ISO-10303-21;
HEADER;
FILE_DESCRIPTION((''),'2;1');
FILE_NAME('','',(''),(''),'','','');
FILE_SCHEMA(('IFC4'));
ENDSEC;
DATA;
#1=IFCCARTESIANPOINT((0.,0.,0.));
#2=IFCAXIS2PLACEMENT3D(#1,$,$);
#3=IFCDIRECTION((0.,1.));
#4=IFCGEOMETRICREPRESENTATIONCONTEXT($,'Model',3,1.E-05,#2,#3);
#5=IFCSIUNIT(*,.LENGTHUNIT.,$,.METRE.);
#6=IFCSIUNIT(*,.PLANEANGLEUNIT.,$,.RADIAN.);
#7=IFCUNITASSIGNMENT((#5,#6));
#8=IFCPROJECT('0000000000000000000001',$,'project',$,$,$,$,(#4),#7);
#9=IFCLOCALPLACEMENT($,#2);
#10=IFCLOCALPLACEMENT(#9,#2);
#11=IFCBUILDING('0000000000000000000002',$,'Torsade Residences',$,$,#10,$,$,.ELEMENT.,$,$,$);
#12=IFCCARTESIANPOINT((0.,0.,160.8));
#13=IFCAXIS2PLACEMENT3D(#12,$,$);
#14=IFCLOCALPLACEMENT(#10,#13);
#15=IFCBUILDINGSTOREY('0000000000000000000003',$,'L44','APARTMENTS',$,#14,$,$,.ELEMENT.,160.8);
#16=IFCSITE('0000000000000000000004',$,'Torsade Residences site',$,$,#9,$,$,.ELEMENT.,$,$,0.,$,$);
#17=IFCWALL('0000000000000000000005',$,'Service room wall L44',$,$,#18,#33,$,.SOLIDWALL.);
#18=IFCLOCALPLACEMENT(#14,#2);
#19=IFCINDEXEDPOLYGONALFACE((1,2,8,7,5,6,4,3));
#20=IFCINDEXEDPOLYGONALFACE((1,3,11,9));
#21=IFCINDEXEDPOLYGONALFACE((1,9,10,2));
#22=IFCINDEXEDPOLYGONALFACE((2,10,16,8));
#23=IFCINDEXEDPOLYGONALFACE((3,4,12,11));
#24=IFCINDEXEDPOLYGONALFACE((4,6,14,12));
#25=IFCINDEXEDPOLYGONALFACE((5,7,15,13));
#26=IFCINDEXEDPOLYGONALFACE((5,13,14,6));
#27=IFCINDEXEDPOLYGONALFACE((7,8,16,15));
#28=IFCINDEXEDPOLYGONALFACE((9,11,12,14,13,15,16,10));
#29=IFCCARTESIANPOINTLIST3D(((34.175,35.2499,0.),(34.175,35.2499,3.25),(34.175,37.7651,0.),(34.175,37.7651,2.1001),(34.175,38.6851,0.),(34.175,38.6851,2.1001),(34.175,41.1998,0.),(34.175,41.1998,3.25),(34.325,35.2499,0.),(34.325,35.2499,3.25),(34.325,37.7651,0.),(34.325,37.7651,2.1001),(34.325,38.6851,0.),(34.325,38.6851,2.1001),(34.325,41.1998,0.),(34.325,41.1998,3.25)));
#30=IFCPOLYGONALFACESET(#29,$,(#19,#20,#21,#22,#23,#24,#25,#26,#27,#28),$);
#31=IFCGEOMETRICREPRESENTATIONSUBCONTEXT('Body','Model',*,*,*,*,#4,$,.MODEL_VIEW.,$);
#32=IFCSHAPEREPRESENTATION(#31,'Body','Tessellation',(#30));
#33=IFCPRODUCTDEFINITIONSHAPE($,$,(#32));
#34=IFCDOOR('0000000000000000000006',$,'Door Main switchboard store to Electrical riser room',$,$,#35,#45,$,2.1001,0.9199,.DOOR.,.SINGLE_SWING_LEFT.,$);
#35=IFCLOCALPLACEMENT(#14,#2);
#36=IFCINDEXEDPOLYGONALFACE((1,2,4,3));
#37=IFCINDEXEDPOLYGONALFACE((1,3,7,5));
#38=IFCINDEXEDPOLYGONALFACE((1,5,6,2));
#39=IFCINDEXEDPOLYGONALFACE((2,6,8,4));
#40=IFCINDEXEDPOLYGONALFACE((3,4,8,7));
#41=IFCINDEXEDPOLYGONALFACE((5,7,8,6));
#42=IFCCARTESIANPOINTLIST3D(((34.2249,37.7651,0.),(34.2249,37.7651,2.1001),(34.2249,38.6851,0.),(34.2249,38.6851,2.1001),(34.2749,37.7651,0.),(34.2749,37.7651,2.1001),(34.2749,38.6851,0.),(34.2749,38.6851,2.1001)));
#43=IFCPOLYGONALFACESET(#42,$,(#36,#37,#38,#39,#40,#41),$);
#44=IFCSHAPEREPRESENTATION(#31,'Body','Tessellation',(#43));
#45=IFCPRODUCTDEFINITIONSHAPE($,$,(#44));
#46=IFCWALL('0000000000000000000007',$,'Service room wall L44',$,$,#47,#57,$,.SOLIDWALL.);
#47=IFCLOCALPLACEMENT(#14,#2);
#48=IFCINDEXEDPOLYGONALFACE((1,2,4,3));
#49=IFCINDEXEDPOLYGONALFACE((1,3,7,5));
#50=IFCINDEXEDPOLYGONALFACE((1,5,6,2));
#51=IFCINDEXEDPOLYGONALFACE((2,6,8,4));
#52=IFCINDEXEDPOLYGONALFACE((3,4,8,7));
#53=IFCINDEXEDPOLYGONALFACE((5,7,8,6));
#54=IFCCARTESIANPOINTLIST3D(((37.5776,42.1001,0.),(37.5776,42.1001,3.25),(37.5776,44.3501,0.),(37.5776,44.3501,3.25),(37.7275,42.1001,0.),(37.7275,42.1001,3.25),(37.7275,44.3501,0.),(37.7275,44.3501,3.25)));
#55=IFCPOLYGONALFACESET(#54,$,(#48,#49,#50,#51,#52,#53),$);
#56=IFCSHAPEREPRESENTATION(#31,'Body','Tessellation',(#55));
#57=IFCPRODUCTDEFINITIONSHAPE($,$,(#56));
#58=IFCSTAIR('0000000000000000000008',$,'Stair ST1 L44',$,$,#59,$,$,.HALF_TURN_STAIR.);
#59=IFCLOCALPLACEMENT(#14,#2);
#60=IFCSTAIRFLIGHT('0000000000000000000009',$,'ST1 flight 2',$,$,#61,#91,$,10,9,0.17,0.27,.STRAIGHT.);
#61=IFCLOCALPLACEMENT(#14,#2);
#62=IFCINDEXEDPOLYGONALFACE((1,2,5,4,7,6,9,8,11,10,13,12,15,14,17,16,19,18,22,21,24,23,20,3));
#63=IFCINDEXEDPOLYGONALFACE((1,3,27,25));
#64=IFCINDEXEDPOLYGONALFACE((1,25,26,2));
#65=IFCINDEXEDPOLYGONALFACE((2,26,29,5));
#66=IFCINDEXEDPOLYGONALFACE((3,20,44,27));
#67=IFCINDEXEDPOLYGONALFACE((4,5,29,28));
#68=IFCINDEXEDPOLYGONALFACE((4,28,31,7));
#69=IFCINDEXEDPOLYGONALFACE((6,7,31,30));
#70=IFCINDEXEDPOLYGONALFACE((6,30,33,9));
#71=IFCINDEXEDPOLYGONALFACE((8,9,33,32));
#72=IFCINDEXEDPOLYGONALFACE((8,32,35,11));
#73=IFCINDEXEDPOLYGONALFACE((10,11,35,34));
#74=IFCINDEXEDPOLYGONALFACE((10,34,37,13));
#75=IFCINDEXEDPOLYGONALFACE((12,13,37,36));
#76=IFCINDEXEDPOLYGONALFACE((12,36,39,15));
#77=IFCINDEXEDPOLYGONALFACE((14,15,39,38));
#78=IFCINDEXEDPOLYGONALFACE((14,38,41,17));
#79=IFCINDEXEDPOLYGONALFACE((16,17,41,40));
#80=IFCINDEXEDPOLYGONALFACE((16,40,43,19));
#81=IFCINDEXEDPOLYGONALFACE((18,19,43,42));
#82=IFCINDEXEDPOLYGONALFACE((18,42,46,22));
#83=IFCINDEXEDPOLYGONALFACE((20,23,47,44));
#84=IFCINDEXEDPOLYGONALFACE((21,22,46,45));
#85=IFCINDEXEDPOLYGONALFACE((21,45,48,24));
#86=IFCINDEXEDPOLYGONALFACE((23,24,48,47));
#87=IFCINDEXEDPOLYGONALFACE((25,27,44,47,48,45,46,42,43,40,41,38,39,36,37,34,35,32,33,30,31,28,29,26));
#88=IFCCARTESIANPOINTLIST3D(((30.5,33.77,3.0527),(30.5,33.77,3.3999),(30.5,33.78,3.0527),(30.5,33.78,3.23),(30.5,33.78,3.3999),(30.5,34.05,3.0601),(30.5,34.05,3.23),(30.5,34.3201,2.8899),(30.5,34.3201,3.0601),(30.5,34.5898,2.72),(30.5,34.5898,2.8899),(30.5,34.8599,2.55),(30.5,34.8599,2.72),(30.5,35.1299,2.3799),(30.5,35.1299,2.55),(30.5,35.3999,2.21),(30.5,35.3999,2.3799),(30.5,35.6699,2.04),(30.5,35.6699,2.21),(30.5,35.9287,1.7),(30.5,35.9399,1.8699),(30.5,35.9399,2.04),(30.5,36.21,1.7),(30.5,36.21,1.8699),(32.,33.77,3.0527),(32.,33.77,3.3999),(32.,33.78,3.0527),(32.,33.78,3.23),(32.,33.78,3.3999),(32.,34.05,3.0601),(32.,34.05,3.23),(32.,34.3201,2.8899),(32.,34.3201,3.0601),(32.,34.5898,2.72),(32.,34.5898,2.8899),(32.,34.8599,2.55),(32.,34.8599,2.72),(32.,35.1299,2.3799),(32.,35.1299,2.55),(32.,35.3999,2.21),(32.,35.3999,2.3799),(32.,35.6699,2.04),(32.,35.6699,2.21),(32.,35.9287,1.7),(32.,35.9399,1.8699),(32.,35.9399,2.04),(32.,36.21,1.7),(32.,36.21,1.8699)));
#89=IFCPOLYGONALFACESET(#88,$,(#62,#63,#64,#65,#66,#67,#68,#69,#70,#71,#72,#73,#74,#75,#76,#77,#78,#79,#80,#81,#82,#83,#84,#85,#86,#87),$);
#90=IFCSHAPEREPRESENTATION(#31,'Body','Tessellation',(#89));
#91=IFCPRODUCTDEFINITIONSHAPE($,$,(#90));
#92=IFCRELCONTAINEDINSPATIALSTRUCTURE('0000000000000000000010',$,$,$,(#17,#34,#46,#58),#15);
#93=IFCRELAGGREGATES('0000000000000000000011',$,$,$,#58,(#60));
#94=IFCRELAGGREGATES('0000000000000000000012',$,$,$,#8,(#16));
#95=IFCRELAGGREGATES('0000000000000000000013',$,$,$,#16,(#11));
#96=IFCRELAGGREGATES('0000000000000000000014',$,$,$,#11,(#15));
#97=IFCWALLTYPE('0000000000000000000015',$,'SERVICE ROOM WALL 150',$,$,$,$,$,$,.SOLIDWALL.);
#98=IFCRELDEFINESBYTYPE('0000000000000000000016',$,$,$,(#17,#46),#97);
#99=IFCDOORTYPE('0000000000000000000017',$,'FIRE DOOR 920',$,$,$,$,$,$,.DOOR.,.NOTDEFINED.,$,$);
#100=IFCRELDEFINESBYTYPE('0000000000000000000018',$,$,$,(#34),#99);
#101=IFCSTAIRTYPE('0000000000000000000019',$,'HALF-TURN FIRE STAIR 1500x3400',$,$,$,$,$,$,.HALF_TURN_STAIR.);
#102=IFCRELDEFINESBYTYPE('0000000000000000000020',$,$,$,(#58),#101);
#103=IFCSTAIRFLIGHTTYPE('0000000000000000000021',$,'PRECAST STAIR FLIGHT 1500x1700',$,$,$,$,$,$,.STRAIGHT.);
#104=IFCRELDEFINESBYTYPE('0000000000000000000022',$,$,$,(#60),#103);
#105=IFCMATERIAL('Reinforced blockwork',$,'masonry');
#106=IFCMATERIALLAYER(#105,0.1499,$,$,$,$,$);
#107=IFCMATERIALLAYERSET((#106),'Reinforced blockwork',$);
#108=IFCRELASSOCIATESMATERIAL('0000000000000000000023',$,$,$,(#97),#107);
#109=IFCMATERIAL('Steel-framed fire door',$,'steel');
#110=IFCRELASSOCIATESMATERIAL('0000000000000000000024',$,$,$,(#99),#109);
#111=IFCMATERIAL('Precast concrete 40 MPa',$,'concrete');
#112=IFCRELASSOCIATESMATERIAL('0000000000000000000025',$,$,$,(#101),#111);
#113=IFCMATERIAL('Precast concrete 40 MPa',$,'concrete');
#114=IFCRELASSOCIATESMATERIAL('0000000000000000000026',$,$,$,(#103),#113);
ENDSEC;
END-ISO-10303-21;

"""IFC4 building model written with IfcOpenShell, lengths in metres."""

from ifc_helpers import new_model, si_unit, direction, frame, frame_2d, origin, place, context, subcontext, project, spatial, polyline, rectangle, outline, extrude, material, layer, layer_set, type_object, element, fill, aggregate, save


model = new_model("IFC4")

# Units and contexts
model_context = context("Model", 3, precision=1e-05, world=origin(), true_north=direction((0.0, 1.0)))
body_context = subcontext(model_context, "Body", "Model", "MODEL_VIEW")
ifc_project = project(units=[si_unit("LENGTHUNIT", "METRE"), si_unit("PLANEANGLEUNIT", "RADIAN")], contexts=[model_context])

# Site, building, storey
site_placement = place(None, origin())
site = spatial("IfcSite", under=ifc_project, at=site_placement, Name="Torsade Residences site", CompositionType="ELEMENT", RefElevation=0.0)
building_placement = place(site_placement, origin())
building = spatial("IfcBuilding", under=site, at=building_placement, Name="Torsade Residences", CompositionType="ELEMENT")
storey_placement = place(building_placement, frame((0.0, 0.0, 160.8)))
storey = spatial("IfcBuildingStorey", under=building, at=storey_placement, Name="L44", Description="APARTMENTS", CompositionType="ELEMENT", Elevation=160.8)

# Wall, opening, door
ifc_material_1 = material(Name="Reinforced blockwork", Category="masonry")
ifc_layer_1 = layer(ifc_material_1, 0.1499)
ifc_layer_set_1 = layer_set([ifc_layer_1], Name="Reinforced blockwork")
wall_type_1 = type_object("IfcWallType", Name="SERVICE ROOM WALL 150", PredefinedType="SOLIDWALL", material=ifc_layer_set_1)
wall_1_placement = place(storey_placement, frame((34.25, 41.2, 0.0), z_axis=(0.0, 0.0, 1.0), x_axis=(0.0, -1.0, 0.0)))
wall_1 = element("IfcWall", 1, at=wall_1_placement, inside=storey, type_object=wall_type_1, Name="Service room wall L44", PredefinedType="SOLIDWALL", context=body_context, shape_type="SweptSolid", body=[
    extrude(rectangle(XDim=5.95, YDim=0.1499, at=frame_2d((2.9751, 0.0))), origin(), (0.0, 0.0, 1.0), 3.25),
])
opening_1_placement = place(wall_1_placement, frame((2.5149, 0.0, 0.0)))
opening_1 = element("IfcOpeningElement", 2, at=opening_1_placement, cuts=wall_1, PredefinedType="OPENING", context=body_context, shape_type="SweptSolid", body=[
    extrude(rectangle(XDim=0.9199, YDim=2.1001, at=frame_2d((0.46, 1.05))), frame((0.0, 0.085, 0.0), z_axis=(0.0, -1.0, 0.0), x_axis=(1.0, 0.0, 0.0)), (0.0, 0.0, 1.0), 0.1699),
])
ifc_material_2 = material(Name="Steel-framed fire door", Category="steel")
door_type_1 = type_object("IfcDoorType", Name="FIRE DOOR 920", OperationType="NOTDEFINED", PredefinedType="DOOR", material=ifc_material_2)
door_1_placement = place(opening_1_placement, origin())
door_1 = element("IfcDoor", 3, at=door_1_placement, inside=storey, type_object=door_type_1, Name="Door Main switchboard store to Electrical riser room", OperationType="SINGLE_SWING_LEFT", OverallHeight=2.1001, OverallWidth=0.9199, PredefinedType="DOOR", context=body_context, shape_type="SweptSolid", body=[
    extrude(rectangle(XDim=0.9199, YDim=2.1001, at=frame_2d((0.46, 1.05))), frame((0.0, 0.0249, 0.0), z_axis=(0.0, -1.0, 0.0), x_axis=(1.0, 0.0, 0.0)), (0.0, 0.0, 1.0), 0.05),
])
fill(opening_1, door_1)

# Wall
wall_2_placement = place(storey_placement, frame((37.6526, 42.1001, 0.0), z_axis=(0.0, 0.0, 1.0), x_axis=(0.0, 1.0, 0.0)))
element("IfcWall", 4, at=wall_2_placement, inside=storey, type_object=wall_type_1, Name="Service room wall L44", PredefinedType="SOLIDWALL", context=body_context, shape_type="SweptSolid", body=[
    extrude(rectangle(XDim=2.25, YDim=0.1499, at=frame_2d((1.125, 0.0))), origin(), (0.0, 0.0, 1.0), 3.25),
])

# Stair, stair flight
ifc_material_3 = material(Name="Precast concrete 40 MPa", Category="concrete")
stair_type = type_object("IfcStairType", Name="HALF-TURN FIRE STAIR 1500x3400", PredefinedType="HALF_TURN_STAIR", material=ifc_material_3)
stair_placement = place(storey_placement, origin())
stair = element("IfcStair", 5, at=stair_placement, inside=storey, type_object=stair_type, Name="Stair ST1 L44", PredefinedType="HALF_TURN_STAIR")
ifc_material_4 = material(Name="Precast concrete 40 MPa", Category="concrete")
stair_flight_type = type_object("IfcStairFlightType", Name="PRECAST STAIR FLIGHT 1500x1700", PredefinedType="STRAIGHT", material=ifc_material_4)
stair_flight_placement = place(storey_placement, frame((31.25, 36.21, 1.7), z_axis=(0.0, 0.0, 1.0), x_axis=(0.0, -1.0, 0.0)))
stair_flight = element("IfcStairFlight", 6, at=stair_flight_placement, type_object=stair_flight_type, Name="ST1 flight 2", NumberOfRisers=10, NumberOfTreads=9, PredefinedType="STRAIGHT", RiserHeight=0.17, TreadLength=0.27, context=body_context, shape_type="SweptSolid", body=[
    extrude(outline(polyline([(0.0, 0.0), (0.0, 0.1699), (0.27, 0.1699), (0.27, 0.3401), (0.54, 0.3401), (0.54, 0.51), (0.8101, 0.51), (0.8101, 0.6799), (1.0801, 0.6799), (1.0801, 0.8501), (1.3501, 0.8501), (1.3501, 1.02), (1.6201, 1.02), (1.6201, 1.1899), (1.8899, 1.1899), (1.8899, 1.3601), (2.1599, 1.3601), (2.1599, 1.53), (2.4299, 1.53), (2.4299, 1.7), (2.4399, 1.7), (2.4399, 1.3528), (2.4299, 1.3528), (0.2812, 0.0), (0.0, 0.0)])), frame((0.0, 0.75, 0.0), z_axis=(0.0, -1.0, 0.0), x_axis=(1.0, 0.0, 0.0)), (0.0, 0.0, 1.0), 1.5),
])
aggregate(stair, [stair_flight])

save(model, "model.ifc")
